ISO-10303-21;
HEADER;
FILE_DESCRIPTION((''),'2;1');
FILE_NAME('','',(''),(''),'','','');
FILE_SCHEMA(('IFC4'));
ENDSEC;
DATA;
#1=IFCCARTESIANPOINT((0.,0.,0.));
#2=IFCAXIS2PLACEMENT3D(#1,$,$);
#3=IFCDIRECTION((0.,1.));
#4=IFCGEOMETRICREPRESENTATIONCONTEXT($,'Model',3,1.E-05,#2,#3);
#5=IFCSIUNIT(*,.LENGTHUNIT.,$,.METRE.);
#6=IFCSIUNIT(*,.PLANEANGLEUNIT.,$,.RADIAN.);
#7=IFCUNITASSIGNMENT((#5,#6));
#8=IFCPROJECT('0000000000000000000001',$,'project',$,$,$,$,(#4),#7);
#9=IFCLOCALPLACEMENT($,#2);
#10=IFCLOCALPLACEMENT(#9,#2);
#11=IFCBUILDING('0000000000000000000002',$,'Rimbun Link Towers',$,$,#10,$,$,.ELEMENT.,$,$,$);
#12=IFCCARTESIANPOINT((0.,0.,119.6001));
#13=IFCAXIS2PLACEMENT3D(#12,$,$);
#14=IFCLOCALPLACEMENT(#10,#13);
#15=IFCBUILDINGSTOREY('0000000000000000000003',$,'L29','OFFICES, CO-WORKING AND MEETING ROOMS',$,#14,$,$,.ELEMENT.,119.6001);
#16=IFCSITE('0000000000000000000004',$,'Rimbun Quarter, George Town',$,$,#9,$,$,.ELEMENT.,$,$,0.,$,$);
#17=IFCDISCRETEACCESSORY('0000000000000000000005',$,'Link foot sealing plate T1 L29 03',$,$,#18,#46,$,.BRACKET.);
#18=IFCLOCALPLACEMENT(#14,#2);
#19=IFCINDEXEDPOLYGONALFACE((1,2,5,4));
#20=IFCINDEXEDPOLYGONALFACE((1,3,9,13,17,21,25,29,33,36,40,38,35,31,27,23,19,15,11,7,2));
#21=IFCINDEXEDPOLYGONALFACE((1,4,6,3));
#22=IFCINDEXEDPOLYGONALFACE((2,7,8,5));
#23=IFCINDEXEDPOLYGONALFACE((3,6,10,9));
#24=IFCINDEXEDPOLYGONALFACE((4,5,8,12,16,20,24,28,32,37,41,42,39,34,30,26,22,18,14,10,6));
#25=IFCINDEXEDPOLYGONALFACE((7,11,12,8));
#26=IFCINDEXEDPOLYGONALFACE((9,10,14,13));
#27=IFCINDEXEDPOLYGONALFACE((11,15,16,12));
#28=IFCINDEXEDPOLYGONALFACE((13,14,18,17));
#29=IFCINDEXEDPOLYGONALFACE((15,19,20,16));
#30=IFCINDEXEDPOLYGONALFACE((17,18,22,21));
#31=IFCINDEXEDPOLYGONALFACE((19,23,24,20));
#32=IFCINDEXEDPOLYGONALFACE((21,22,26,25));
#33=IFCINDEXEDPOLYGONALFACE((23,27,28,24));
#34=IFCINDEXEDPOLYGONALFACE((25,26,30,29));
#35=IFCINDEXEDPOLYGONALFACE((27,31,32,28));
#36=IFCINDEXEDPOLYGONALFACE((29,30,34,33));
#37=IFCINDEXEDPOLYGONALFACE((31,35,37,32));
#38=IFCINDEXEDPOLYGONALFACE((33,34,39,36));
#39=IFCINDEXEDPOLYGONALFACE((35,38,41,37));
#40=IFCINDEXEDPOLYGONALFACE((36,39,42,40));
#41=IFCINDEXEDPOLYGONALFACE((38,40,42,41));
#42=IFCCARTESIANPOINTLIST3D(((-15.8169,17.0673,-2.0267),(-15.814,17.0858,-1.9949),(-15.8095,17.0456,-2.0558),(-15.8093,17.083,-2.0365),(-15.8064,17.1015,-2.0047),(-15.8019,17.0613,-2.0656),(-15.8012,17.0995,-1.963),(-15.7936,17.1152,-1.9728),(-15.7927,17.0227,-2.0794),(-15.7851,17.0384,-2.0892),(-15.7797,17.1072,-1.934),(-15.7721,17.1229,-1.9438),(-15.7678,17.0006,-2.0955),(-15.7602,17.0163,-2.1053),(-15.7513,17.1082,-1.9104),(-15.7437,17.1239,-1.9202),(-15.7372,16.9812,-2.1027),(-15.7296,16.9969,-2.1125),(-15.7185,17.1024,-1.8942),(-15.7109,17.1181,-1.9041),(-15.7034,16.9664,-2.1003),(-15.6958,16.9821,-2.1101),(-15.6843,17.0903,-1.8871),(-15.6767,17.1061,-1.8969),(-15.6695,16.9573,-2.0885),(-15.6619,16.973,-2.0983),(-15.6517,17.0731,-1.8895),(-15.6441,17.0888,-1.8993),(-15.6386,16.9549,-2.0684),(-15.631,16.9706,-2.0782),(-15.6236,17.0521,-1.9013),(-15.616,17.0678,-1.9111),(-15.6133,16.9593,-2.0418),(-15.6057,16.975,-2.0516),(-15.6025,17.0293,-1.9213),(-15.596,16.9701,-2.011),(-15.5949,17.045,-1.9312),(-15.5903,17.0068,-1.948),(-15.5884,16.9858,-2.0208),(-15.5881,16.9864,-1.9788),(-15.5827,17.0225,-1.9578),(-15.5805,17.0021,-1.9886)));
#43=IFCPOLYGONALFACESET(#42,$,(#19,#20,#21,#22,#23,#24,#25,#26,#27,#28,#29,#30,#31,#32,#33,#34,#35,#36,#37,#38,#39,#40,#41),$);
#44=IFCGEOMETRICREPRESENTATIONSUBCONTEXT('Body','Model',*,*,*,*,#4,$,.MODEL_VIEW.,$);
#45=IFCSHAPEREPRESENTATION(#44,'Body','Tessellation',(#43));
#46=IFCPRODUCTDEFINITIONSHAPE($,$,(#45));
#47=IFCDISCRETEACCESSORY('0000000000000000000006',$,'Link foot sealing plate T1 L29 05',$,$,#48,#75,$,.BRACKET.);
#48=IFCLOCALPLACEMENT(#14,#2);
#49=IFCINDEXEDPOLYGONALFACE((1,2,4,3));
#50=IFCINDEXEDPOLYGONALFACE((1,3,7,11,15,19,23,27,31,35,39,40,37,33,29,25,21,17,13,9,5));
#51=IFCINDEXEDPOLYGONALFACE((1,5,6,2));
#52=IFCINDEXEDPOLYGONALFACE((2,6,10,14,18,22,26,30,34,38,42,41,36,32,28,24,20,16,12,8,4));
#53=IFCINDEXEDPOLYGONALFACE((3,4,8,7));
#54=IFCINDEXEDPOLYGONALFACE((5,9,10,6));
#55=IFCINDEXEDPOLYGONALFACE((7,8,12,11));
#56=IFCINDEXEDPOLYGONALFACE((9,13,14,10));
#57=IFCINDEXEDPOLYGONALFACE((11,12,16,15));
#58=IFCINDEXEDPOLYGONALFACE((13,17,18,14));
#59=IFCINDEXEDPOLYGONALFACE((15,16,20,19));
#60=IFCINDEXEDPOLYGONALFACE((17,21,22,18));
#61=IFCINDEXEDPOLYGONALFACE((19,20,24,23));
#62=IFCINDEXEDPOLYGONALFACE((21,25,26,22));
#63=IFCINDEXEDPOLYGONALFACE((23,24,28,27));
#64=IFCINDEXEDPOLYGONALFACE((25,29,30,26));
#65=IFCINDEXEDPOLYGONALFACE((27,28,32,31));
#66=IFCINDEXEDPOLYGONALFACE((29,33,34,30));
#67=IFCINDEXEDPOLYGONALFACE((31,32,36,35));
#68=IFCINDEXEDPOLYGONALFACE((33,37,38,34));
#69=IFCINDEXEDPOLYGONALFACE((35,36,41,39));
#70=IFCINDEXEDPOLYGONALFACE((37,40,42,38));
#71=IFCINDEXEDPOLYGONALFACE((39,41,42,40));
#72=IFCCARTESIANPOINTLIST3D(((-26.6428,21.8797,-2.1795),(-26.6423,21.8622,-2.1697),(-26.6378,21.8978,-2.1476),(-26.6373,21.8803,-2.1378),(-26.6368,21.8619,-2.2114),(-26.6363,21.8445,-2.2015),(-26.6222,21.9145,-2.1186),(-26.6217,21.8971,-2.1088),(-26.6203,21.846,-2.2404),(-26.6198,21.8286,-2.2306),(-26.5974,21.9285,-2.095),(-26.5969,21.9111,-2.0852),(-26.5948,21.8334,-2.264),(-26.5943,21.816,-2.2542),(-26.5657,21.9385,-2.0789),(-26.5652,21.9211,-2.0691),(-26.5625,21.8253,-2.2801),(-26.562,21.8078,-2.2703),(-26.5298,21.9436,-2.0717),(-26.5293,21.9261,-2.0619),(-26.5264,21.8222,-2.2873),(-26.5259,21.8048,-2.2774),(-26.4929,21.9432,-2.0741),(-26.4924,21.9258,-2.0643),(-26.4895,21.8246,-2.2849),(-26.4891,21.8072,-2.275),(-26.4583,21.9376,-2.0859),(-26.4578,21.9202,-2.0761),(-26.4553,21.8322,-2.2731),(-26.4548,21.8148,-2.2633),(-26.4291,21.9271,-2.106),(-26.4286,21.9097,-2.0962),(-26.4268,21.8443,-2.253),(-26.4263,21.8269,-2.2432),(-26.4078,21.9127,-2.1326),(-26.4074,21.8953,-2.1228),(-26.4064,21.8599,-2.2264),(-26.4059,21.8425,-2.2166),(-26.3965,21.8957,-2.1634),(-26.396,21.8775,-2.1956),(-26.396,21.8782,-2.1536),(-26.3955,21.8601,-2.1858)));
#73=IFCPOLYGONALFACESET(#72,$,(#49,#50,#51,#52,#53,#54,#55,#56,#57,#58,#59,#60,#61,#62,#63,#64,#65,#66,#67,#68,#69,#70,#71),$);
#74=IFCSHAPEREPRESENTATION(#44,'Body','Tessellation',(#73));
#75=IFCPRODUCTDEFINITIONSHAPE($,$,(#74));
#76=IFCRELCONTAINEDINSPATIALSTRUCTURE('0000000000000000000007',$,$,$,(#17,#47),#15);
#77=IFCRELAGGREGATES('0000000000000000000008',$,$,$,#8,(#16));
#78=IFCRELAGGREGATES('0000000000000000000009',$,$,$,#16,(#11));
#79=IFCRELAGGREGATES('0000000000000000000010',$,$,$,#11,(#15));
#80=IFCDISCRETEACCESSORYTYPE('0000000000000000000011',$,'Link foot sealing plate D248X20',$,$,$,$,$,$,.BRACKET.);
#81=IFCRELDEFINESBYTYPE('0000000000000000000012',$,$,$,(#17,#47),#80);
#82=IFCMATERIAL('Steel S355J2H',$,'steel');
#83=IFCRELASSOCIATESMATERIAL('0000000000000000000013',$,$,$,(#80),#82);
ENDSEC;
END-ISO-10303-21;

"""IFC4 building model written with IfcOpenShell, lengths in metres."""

from ifc_helpers import new_model, si_unit, direction, frame, origin, origin_2d, place, context, subcontext, project, spatial, circle, extrude, material, material_profile, profile_set, type_object, element, save


model = new_model("IFC4")

# Units and contexts
model_context = context("Model", 3, precision=1e-05, world=origin(), true_north=direction((0.0, 1.0)))
body_context = subcontext(model_context, "Body", "Model", "MODEL_VIEW")
ifc_project = project(units=[si_unit("LENGTHUNIT", "METRE"), si_unit("PLANEANGLEUNIT", "RADIAN")], contexts=[model_context])

# Site, building, storey
site_placement = place(None, origin())
site = spatial("IfcSite", under=ifc_project, at=site_placement, Name="Rimbun Quarter, George Town", CompositionType="ELEMENT", RefElevation=0.0)
building_placement = place(site_placement, origin())
building = spatial("IfcBuilding", under=site, at=building_placement, Name="Rimbun Link Towers", CompositionType="ELEMENT")
storey_placement = place(building_placement, frame((0.0, 0.0, 119.6001)))
storey = spatial("IfcBuildingStorey", under=building, at=storey_placement, Name="L29", Description="OFFICES, CO-WORKING AND MEETING ROOMS", CompositionType="ELEMENT", Elevation=119.6001)

# Discrete accessories
ifc_material_1 = material(Name="Steel S355J2H", Category="steel")
ifc_material_profile_1 = material_profile(ifc_material_1, circle(Radius=0.124, at=origin_2d()), Name="PL D248")
ifc_profile_set_1 = profile_set([ifc_material_profile_1], Name="Steel S355J2H")
discrete_accessory_type = type_object("IfcDiscreteAccessoryType", Name="Link foot sealing plate D248X20", PredefinedType="BRACKET", material=ifc_profile_set_1)
for number, where, z_axis, x_axis, name in (
    (1, (-15.7024, 17.0317, -1.9949), (0.379946, 0.784406, -0.490254), (-0.899981, 0.435928, 0.0), "Link foot sealing plate T1 L29 03"),
    (2, (-26.5183, 21.8657, -2.1697), (-0.024535, 0.870985, -0.490696), (-0.999603, -0.028158, 0.0), "Link foot sealing plate T1 L29 05"),
):
    element("IfcDiscreteAccessory", number, at=place(storey_placement, frame(where, z_axis=z_axis, x_axis=x_axis)), inside=storey, type_object=discrete_accessory_type, Name=name, PredefinedType="BRACKET", context=body_context, shape_type="SweptSolid", body=[
        extrude(circle(Radius=0.124, at=origin_2d()), origin(), (0.0, 0.0, 1.0), 0.02),
    ])

save(model, "model.ifc")
